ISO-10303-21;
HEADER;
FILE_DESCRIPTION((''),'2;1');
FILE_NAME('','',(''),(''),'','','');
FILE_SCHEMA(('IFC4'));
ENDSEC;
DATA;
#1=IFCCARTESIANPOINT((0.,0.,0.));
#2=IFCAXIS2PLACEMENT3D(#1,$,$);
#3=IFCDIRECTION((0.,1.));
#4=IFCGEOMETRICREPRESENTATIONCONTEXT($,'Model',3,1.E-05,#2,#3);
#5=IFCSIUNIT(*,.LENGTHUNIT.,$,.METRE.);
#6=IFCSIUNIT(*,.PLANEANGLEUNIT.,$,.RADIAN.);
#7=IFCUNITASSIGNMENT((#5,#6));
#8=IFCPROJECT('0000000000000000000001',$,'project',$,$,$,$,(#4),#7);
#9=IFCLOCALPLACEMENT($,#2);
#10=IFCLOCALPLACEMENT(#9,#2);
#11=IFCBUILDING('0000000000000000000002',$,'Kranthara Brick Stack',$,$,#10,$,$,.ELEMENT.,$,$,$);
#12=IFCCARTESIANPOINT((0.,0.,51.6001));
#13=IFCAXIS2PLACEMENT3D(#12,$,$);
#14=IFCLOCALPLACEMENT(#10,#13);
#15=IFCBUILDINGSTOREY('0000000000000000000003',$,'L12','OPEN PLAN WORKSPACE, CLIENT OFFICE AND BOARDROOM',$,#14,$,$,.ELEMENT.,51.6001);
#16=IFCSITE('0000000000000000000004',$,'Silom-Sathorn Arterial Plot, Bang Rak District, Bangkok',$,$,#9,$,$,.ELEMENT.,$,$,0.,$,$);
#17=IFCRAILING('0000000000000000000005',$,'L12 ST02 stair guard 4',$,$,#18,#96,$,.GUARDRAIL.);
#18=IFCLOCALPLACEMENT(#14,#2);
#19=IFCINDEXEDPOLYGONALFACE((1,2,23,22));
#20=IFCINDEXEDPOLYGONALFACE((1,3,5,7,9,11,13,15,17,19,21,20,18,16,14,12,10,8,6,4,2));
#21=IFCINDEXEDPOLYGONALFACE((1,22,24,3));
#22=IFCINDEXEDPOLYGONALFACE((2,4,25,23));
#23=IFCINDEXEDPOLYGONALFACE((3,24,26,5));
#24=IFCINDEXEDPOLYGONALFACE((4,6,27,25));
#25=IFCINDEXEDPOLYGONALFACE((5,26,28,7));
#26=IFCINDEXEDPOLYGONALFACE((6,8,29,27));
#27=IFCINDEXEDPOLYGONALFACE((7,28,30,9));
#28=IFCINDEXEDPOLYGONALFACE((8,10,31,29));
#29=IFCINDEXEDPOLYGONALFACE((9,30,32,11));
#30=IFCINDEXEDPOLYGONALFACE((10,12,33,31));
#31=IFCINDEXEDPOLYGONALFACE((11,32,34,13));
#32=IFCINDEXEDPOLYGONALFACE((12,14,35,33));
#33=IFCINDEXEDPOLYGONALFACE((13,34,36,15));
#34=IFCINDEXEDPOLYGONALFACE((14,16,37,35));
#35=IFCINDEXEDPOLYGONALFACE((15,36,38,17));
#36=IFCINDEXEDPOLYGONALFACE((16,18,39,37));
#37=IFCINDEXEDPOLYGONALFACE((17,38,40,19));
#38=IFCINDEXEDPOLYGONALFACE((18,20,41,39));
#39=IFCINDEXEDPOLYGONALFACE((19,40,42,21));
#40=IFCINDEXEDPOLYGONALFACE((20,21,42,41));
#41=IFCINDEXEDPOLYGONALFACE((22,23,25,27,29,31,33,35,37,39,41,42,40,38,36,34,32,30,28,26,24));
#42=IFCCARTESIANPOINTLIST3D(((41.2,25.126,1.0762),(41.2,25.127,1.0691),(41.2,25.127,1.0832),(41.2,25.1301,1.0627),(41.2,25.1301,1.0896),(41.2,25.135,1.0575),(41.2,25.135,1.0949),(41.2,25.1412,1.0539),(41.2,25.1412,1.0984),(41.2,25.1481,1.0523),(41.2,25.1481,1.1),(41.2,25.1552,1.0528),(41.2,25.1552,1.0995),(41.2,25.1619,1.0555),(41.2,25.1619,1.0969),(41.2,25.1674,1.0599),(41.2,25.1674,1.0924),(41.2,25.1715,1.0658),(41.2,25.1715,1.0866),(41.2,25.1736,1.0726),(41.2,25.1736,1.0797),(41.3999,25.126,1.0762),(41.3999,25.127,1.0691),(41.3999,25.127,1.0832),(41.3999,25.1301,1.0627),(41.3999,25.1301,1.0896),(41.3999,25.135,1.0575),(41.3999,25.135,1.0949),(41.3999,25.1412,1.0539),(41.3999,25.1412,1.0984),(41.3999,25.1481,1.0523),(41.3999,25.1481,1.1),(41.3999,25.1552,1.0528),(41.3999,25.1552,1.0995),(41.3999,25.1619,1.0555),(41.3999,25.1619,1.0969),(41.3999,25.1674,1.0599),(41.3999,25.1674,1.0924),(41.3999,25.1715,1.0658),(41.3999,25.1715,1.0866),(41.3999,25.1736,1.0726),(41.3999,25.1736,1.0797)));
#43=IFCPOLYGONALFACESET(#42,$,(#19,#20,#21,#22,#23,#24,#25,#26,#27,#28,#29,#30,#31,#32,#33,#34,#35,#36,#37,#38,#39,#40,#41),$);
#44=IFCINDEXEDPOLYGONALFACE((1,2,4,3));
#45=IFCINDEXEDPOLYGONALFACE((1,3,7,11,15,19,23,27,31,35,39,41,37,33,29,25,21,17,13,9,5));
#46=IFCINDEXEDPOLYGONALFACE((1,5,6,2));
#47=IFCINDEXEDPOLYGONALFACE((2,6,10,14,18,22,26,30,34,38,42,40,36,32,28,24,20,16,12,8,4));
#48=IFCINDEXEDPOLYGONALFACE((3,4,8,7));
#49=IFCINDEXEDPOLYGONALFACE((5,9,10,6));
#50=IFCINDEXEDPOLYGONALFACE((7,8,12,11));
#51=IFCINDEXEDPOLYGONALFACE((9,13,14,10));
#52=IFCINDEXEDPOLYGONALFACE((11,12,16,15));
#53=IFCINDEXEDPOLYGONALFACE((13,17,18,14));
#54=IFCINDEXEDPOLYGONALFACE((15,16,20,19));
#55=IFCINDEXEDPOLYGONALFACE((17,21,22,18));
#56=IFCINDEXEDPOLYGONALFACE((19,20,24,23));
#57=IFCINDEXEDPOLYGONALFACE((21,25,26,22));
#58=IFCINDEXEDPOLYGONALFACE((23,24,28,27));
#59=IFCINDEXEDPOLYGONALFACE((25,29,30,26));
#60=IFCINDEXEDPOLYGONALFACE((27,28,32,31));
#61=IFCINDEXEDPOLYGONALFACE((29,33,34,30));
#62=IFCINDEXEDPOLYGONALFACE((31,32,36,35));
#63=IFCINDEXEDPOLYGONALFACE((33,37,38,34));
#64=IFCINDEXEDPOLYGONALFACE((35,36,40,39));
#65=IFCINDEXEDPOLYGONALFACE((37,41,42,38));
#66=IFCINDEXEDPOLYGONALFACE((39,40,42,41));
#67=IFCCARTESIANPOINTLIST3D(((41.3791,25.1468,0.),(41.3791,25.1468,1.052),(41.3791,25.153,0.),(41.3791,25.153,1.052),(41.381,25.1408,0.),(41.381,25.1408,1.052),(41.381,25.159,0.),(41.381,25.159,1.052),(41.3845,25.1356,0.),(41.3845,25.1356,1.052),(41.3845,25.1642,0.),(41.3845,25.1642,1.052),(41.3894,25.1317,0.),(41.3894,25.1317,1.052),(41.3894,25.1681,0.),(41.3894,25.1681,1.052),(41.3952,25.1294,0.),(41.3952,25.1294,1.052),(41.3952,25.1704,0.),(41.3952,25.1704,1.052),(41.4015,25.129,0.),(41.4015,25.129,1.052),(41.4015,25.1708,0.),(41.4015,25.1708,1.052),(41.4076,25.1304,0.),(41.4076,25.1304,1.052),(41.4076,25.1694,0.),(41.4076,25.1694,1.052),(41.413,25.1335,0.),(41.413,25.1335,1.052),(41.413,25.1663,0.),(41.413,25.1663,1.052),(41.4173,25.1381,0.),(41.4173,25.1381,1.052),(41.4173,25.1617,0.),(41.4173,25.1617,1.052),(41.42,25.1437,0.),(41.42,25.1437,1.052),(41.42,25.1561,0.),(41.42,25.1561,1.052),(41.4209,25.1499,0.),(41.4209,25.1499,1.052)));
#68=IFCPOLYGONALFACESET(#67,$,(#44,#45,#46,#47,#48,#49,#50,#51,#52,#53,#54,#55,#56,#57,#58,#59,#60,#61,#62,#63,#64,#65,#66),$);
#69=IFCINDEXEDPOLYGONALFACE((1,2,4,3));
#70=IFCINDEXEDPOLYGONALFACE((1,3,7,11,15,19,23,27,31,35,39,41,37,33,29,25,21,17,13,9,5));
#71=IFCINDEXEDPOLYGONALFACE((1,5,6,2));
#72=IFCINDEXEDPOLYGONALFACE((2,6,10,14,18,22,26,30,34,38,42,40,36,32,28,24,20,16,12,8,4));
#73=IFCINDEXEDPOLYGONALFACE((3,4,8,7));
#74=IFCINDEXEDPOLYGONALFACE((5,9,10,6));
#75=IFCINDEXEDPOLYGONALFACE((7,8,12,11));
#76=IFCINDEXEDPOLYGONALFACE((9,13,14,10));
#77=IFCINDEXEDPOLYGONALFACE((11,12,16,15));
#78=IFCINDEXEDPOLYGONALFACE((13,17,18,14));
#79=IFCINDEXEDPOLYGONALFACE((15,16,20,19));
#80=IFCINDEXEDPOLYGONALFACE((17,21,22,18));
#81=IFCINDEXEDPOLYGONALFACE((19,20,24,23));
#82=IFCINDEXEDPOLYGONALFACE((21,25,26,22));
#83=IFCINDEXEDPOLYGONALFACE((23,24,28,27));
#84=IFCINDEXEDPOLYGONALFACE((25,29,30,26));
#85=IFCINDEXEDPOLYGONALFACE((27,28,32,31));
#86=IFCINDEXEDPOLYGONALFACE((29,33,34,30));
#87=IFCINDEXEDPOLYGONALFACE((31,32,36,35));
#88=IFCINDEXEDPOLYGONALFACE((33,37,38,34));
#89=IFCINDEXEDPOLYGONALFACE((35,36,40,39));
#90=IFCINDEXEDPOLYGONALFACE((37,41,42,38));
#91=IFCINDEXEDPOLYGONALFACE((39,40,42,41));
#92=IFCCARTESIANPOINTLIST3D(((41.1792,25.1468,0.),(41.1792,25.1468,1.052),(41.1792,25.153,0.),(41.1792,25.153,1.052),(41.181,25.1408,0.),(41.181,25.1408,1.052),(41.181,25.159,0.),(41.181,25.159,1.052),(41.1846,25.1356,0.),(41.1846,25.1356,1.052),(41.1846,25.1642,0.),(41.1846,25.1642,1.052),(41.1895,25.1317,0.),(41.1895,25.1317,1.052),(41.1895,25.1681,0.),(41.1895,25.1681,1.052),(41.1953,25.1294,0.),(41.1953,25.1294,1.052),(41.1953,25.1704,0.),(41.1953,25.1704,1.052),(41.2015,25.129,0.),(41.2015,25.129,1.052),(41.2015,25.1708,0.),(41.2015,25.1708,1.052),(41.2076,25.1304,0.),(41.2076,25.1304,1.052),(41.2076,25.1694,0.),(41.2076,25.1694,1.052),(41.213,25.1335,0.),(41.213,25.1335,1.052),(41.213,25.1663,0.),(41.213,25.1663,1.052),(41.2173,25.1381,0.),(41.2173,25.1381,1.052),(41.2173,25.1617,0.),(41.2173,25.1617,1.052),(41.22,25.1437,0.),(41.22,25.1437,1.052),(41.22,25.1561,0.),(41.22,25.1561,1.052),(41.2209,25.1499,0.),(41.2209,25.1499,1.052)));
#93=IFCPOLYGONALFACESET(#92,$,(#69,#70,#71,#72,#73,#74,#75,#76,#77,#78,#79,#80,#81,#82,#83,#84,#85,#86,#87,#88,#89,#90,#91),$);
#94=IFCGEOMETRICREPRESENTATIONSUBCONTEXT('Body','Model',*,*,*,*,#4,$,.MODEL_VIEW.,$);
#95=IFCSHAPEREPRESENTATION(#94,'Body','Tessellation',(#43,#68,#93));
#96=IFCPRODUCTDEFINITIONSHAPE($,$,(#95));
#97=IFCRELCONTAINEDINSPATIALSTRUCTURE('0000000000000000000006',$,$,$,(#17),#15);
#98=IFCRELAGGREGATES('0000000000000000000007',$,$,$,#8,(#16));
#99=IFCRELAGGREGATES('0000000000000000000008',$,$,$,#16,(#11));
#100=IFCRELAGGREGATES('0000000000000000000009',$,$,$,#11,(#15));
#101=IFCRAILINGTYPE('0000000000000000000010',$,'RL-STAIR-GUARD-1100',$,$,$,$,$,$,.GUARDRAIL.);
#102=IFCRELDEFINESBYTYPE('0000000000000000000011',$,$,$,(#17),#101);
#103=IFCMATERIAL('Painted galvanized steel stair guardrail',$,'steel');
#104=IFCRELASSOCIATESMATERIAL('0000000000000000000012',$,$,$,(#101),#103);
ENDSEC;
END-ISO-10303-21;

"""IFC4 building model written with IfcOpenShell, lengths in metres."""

from ifc_helpers import new_model, si_unit, direction, frame, origin, origin_2d, place, context, subcontext, project, spatial, circle, extrude, material, type_object, element, save


model = new_model("IFC4")

# Units and contexts
model_context = context("Model", 3, precision=1e-05, world=origin(), true_north=direction((0.0, 1.0)))
body_context = subcontext(model_context, "Body", "Model", "MODEL_VIEW")
ifc_project = project(units=[si_unit("LENGTHUNIT", "METRE"), si_unit("PLANEANGLEUNIT", "RADIAN")], contexts=[model_context])

# Site, building, storey
site_placement = place(None, origin())
site = spatial("IfcSite", under=ifc_project, at=site_placement, Name="Silom-Sathorn Arterial Plot, Bang Rak District, Bangkok", CompositionType="ELEMENT", RefElevation=0.0)
building_placement = place(site_placement, origin())
building = spatial("IfcBuilding", under=site, at=building_placement, Name="Kranthara Brick Stack", CompositionType="ELEMENT")
storey_placement = place(building_placement, frame((0.0, 0.0, 51.6001)))
storey = spatial("IfcBuildingStorey", under=building, at=storey_placement, Name="L12", Description="OPEN PLAN WORKSPACE, CLIENT OFFICE AND BOARDROOM", CompositionType="ELEMENT", Elevation=51.6001)

# Railing
ifc_material_1 = material(Name="Painted galvanized steel stair guardrail", Category="steel")
railing_type_1 = type_object("IfcRailingType", Name="RL-STAIR-GUARD-1100", PredefinedType="GUARDRAIL", material=ifc_material_1)
railing_1_placement = place(storey_placement, frame((41.3999, 25.1499, 0.0)))
element("IfcRailing", 1, at=railing_1_placement, inside=storey, type_object=railing_type_1, Name="L12 ST02 stair guard 4", PredefinedType="GUARDRAIL", context=body_context, shape_type="SweptSolid", body=[
    extrude(circle(Radius=0.0239, at=origin_2d()), frame((0.0, 0.0, 1.0762), z_axis=(-1.0, 0.0, 0.0), x_axis=(0.0, -1.0, 0.0)), (0.0, 0.0, 1.0), 0.2),
    extrude(circle(Radius=0.021, at=origin_2d()), origin(), (0.0, 0.0, 1.0), 1.052),
    extrude(circle(Radius=0.021, at=origin_2d()), frame((-0.2, 0.0, 0.0)), (0.0, 0.0, 1.0), 1.052),
])

save(model, "model.ifc")
